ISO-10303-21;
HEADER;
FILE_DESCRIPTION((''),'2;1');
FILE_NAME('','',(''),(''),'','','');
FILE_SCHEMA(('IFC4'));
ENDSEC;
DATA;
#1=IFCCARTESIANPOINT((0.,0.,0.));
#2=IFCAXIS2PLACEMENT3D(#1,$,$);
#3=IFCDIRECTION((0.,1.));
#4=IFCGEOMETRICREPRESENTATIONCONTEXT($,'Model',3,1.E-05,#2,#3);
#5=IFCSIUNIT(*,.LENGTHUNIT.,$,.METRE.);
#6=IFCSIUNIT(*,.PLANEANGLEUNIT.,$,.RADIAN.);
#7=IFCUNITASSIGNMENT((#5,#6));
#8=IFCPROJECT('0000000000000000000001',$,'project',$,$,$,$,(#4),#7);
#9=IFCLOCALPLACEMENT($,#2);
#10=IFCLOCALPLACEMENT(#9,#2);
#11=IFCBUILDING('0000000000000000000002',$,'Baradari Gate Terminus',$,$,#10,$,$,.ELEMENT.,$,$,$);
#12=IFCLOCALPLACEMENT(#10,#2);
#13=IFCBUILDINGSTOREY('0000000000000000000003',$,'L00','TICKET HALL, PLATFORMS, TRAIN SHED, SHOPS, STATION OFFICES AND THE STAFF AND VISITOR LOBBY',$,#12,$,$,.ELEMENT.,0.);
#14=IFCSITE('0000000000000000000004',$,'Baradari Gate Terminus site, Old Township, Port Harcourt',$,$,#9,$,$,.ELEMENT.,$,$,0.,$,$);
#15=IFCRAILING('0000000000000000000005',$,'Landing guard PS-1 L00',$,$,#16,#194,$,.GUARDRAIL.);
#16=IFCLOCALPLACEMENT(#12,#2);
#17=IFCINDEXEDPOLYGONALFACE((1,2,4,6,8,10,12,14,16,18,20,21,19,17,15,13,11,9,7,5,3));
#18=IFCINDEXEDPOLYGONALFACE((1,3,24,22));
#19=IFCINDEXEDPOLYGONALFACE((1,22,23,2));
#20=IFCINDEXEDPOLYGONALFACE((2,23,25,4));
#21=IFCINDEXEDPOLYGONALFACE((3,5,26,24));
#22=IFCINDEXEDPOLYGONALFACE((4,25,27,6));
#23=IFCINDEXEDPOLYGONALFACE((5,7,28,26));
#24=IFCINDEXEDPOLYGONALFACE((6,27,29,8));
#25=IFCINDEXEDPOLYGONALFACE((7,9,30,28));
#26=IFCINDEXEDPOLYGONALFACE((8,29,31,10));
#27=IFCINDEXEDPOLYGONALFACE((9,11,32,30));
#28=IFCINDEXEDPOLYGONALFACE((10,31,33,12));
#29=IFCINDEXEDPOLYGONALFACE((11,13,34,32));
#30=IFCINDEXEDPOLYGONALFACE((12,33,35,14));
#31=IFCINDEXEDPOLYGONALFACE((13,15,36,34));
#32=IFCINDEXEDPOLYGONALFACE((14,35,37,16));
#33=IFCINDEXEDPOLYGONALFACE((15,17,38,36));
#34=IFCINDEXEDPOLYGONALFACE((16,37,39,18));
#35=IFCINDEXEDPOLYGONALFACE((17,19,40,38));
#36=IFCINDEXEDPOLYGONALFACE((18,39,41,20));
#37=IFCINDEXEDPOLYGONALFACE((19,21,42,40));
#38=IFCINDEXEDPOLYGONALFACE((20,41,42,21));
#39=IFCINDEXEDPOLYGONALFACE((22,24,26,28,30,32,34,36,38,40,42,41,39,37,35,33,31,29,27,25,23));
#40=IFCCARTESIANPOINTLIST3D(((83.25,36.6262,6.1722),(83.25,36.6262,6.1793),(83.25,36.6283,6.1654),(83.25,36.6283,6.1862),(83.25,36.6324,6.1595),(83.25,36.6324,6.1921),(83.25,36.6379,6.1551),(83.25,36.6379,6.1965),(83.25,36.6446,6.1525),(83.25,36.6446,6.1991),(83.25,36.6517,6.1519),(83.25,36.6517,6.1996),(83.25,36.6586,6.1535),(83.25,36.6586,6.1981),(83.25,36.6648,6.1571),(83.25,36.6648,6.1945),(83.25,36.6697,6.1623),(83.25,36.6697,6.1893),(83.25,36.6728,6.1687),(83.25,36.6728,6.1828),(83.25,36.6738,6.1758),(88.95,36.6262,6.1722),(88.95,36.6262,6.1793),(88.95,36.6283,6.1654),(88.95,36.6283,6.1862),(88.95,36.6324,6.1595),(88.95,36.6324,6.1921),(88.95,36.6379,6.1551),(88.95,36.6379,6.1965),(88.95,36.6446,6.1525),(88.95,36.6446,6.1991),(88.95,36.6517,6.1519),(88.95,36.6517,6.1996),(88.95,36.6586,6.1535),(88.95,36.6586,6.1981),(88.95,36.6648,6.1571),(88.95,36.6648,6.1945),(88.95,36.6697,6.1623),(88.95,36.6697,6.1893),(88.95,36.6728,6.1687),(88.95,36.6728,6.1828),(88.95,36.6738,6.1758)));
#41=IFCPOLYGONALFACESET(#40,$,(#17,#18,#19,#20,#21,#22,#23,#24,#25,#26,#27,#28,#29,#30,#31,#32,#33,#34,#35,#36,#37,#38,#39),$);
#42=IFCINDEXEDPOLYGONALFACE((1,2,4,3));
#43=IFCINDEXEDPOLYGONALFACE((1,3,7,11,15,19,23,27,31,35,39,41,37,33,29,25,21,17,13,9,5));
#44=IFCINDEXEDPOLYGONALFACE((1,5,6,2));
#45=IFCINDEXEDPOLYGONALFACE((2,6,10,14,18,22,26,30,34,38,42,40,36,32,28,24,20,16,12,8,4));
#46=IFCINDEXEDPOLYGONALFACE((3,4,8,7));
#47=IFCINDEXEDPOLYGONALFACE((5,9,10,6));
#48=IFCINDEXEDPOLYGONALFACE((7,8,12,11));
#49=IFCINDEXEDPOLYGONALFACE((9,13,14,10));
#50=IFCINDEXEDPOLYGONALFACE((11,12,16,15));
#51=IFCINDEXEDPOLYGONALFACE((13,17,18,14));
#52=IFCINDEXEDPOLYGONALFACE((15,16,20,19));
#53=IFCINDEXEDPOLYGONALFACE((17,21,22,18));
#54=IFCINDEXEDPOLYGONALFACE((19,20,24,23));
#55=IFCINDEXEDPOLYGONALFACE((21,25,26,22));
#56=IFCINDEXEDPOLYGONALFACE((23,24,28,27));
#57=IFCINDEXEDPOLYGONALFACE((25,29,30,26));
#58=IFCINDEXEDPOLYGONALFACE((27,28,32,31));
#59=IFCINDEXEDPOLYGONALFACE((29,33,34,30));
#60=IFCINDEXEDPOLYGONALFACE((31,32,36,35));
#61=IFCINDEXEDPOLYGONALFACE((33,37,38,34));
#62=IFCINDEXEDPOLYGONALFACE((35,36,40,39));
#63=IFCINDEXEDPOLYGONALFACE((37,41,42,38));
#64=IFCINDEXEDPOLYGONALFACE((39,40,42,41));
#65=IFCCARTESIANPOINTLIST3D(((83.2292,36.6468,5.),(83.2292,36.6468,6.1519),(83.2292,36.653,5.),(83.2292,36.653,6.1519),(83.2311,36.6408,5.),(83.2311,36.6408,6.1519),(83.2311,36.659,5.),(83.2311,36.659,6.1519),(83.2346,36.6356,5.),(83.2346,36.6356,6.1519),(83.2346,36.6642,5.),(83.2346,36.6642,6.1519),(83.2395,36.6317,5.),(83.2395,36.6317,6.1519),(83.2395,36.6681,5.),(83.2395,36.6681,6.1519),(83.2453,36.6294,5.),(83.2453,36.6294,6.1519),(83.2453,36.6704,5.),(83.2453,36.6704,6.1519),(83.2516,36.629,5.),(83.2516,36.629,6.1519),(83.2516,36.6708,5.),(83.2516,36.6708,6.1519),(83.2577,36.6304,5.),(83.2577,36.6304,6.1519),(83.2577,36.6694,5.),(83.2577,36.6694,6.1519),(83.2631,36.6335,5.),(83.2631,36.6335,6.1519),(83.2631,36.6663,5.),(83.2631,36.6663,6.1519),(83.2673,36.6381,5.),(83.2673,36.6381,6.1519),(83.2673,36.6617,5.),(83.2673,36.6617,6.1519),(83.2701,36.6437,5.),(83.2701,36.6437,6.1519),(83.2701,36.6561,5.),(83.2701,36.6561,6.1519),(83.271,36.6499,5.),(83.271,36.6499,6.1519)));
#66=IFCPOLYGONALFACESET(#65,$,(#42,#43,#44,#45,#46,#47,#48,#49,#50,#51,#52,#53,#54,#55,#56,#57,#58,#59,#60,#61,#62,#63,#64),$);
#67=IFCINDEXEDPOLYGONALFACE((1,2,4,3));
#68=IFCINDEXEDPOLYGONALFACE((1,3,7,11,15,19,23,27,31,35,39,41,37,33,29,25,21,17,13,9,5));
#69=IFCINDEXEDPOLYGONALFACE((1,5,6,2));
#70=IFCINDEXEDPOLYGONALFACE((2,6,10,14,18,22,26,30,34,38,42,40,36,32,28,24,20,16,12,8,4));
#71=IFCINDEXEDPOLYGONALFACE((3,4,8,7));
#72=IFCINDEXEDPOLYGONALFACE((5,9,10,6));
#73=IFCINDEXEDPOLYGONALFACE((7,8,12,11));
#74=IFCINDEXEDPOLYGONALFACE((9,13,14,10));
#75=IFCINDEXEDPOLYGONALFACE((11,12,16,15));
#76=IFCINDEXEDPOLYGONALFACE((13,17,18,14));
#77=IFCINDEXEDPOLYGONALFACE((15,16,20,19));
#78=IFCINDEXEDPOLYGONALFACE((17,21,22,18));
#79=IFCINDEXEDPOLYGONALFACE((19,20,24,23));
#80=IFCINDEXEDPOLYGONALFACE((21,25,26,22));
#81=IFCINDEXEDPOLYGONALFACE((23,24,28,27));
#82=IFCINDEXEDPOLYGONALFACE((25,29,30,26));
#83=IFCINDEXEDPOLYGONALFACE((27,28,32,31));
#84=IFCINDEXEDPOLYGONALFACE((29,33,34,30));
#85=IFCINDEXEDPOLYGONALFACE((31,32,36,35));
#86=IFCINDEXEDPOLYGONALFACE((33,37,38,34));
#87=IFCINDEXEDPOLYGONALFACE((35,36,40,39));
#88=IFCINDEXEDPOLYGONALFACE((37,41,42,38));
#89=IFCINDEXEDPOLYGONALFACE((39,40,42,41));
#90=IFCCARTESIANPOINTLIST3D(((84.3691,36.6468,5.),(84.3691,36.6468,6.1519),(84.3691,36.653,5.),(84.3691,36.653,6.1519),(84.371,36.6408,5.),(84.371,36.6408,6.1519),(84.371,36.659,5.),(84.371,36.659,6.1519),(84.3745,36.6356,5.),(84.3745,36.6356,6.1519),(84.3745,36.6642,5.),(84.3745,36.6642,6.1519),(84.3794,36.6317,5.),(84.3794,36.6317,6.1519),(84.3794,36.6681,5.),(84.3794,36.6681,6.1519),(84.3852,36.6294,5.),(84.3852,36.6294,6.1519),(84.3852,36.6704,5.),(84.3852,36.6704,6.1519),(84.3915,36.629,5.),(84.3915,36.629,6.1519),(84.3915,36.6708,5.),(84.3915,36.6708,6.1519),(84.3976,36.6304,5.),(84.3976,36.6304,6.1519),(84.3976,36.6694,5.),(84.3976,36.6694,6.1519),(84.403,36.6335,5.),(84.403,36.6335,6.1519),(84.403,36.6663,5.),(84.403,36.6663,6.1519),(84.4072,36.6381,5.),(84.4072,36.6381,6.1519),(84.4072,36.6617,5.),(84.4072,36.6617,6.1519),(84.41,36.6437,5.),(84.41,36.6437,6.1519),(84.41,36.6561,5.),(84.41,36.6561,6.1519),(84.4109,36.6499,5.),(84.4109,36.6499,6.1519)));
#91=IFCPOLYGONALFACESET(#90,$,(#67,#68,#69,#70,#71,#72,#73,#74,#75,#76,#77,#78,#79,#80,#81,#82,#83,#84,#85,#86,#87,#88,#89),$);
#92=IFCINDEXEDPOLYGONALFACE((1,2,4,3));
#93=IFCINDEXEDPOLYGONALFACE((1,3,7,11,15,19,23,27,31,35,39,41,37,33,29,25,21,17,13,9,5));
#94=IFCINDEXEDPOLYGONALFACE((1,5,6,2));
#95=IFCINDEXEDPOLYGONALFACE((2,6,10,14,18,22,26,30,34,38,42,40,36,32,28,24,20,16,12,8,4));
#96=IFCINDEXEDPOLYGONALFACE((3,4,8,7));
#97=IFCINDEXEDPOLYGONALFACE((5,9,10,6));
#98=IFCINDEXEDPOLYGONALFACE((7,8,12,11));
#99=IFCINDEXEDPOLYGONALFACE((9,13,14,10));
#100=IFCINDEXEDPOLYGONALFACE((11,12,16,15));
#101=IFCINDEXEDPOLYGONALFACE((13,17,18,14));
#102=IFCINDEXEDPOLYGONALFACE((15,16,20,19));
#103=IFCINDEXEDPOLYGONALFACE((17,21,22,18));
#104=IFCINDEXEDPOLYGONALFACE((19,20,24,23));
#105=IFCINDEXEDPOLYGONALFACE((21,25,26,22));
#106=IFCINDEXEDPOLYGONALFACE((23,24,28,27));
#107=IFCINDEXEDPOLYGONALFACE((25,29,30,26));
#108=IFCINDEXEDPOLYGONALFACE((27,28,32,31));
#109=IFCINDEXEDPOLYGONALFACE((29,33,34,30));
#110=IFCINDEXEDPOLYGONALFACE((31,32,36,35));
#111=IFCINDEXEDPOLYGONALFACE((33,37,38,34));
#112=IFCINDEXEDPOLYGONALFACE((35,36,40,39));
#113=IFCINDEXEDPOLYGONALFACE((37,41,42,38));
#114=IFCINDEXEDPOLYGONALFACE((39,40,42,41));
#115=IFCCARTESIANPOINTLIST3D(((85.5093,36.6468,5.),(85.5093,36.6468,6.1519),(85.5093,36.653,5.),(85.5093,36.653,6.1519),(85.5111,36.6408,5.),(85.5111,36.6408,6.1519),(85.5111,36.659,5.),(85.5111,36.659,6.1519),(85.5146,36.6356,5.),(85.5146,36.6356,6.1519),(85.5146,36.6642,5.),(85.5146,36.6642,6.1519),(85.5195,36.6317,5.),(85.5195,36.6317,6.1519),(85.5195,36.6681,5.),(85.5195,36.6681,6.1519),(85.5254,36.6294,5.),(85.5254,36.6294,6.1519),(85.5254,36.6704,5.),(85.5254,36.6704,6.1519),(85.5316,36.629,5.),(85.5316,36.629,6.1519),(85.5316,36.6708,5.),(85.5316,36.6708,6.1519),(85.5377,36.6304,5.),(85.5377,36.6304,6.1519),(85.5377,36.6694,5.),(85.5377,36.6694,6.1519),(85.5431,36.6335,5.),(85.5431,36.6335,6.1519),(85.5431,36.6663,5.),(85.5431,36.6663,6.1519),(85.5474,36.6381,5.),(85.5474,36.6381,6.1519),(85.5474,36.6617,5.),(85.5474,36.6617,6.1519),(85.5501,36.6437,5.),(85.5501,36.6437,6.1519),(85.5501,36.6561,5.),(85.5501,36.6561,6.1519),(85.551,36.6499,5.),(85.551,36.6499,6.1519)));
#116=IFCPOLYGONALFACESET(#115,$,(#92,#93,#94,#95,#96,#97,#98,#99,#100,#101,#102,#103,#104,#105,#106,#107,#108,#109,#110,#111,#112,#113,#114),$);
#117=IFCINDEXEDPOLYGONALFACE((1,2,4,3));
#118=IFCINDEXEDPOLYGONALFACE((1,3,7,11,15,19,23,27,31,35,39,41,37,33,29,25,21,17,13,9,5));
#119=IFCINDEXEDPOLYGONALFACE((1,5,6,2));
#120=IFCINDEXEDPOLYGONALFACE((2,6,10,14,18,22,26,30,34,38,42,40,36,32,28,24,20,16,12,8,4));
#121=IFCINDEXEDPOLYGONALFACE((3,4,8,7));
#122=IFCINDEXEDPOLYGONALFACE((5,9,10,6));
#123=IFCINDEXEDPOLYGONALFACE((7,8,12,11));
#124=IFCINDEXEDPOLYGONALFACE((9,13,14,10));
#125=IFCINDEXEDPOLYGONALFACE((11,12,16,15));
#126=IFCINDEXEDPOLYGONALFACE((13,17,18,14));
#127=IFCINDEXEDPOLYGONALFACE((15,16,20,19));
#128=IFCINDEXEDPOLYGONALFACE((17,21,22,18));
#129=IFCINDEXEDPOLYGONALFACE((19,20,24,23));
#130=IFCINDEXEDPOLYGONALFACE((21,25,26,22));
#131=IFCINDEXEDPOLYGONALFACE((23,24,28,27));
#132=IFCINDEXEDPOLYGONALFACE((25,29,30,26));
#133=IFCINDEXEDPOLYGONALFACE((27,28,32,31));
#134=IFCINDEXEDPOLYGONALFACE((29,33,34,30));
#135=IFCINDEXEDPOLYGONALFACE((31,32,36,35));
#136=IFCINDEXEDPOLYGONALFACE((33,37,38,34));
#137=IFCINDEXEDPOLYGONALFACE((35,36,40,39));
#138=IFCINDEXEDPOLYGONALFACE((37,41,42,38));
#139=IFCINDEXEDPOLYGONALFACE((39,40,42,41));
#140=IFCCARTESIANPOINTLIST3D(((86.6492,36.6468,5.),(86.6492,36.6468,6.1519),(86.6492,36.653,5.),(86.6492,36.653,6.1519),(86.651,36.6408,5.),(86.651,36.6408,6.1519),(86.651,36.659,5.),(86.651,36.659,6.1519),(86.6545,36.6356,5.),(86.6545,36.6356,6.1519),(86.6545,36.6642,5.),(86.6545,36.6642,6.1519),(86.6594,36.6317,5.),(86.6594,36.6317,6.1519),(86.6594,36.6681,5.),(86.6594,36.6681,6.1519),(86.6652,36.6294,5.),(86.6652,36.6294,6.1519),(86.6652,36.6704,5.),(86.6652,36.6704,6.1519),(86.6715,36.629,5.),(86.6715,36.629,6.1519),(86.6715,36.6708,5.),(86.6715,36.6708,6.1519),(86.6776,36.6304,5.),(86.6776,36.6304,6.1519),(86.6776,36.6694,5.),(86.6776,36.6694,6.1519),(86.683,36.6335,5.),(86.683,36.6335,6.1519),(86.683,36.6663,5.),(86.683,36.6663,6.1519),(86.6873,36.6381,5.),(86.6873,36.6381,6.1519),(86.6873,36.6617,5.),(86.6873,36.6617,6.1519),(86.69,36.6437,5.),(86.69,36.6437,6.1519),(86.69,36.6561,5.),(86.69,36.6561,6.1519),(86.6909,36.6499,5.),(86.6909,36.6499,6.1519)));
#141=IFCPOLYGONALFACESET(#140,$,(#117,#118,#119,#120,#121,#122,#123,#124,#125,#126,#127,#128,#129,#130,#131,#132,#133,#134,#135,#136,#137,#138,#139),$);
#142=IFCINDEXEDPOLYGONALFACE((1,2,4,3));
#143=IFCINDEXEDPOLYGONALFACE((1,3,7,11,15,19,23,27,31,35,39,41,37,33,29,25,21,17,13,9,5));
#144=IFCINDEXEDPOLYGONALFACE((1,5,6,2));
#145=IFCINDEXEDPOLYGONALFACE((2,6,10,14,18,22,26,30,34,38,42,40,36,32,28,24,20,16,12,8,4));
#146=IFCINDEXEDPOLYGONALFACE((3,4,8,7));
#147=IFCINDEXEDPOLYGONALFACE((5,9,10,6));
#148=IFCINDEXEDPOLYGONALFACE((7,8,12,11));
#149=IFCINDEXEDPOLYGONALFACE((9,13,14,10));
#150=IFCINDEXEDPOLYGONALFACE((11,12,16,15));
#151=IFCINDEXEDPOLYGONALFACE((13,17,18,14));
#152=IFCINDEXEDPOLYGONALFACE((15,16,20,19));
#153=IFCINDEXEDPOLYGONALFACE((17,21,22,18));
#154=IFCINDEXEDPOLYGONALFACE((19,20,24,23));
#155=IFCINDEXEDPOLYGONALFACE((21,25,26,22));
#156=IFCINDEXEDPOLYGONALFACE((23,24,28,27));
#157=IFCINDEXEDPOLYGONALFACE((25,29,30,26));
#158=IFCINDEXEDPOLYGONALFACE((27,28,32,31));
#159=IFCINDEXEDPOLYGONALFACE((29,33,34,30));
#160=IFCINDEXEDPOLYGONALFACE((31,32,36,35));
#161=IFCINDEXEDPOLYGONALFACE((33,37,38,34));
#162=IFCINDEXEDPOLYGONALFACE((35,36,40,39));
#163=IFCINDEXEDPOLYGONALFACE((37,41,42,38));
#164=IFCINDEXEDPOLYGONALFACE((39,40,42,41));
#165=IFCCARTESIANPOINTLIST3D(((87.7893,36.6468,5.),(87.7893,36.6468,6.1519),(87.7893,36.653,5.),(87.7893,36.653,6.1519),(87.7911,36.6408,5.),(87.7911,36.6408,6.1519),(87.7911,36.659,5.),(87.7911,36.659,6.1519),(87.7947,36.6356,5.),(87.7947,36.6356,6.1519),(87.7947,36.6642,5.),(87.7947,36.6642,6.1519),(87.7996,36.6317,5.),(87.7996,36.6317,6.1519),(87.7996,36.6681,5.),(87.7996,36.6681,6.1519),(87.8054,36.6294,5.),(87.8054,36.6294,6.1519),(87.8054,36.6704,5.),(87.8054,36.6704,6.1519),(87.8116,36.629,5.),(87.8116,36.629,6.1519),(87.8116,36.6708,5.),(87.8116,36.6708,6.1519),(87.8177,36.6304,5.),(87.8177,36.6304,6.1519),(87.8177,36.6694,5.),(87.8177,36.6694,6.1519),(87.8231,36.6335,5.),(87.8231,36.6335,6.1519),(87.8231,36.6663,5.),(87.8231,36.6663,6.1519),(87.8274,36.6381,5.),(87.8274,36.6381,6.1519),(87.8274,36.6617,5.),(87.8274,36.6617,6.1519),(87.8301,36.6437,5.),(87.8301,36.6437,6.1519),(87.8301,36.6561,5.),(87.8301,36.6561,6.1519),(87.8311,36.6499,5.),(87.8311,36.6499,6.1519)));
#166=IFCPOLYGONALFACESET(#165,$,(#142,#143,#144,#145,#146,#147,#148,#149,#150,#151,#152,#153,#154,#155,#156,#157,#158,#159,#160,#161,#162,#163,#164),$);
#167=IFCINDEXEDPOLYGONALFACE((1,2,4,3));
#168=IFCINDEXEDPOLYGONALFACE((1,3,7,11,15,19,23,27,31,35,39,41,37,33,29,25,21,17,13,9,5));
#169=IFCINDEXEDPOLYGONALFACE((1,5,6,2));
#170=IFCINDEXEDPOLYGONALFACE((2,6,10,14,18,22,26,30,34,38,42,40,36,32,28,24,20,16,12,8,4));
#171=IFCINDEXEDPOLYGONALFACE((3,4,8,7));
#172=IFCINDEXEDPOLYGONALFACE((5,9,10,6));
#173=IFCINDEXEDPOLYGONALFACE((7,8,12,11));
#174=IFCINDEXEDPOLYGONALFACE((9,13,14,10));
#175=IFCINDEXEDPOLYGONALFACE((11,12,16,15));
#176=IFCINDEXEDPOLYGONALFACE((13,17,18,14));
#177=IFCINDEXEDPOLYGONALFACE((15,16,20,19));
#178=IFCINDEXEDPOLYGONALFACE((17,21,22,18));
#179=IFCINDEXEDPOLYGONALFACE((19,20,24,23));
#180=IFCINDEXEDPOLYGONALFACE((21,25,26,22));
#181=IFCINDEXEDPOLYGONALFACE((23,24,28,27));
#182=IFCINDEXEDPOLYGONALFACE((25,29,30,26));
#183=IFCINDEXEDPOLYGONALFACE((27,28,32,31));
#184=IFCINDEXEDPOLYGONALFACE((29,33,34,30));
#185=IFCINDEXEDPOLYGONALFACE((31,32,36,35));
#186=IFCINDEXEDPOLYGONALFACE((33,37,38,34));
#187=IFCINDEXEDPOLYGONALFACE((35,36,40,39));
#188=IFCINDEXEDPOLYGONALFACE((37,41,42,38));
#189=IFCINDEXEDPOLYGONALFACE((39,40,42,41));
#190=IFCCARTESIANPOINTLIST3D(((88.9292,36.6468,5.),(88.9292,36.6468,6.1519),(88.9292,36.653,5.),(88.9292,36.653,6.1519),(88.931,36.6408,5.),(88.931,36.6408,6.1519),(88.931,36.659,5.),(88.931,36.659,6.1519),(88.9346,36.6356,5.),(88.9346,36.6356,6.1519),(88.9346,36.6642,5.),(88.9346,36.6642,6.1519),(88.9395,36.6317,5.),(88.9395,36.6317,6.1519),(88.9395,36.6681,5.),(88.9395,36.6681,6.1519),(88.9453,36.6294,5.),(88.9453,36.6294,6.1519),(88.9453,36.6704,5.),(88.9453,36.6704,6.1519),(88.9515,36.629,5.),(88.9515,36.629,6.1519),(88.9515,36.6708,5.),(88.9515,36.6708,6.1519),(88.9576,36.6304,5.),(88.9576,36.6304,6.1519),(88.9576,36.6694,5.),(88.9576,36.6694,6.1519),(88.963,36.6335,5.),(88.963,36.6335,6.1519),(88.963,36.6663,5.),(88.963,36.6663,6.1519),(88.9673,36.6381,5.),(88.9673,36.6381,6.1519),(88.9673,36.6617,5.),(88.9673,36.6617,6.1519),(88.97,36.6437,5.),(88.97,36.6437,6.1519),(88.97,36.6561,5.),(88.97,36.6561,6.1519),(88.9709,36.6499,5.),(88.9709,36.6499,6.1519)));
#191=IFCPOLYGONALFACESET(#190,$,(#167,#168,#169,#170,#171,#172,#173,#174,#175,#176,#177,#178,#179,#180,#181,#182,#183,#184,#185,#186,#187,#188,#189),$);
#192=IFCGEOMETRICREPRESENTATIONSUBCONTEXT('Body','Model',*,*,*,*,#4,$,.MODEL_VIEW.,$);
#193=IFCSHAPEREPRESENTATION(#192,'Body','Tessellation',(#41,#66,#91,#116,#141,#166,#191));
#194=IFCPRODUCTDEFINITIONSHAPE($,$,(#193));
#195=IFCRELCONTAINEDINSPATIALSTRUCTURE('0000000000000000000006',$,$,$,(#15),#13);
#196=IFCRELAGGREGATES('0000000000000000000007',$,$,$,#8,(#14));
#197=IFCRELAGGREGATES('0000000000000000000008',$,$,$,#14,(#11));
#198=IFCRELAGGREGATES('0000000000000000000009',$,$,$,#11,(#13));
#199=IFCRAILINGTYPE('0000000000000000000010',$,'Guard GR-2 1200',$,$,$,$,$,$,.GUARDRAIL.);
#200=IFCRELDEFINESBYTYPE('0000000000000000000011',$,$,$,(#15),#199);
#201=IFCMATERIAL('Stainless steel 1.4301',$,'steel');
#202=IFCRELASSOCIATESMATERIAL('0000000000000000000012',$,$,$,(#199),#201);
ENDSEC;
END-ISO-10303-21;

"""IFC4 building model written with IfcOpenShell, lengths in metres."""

from ifc_helpers import new_model, si_unit, direction, frame, origin, origin_2d, place, context, subcontext, project, spatial, circle, extrude, material, type_object, element, save


model = new_model("IFC4")

# Units and contexts
model_context = context("Model", 3, precision=1e-05, world=origin(), true_north=direction((0.0, 1.0)))
body_context = subcontext(model_context, "Body", "Model", "MODEL_VIEW")
ifc_project = project(units=[si_unit("LENGTHUNIT", "METRE"), si_unit("PLANEANGLEUNIT", "RADIAN")], contexts=[model_context])

# Site, building, storey
site_placement = place(None, origin())
site = spatial("IfcSite", under=ifc_project, at=site_placement, Name="Baradari Gate Terminus site, Old Township, Port Harcourt", CompositionType="ELEMENT", RefElevation=0.0)
building_placement = place(site_placement, origin())
building = spatial("IfcBuilding", under=site, at=building_placement, Name="Baradari Gate Terminus", CompositionType="ELEMENT")
storey_placement = place(building_placement, origin())
storey = spatial("IfcBuildingStorey", under=building, at=storey_placement, Name="L00", Description="TICKET HALL, PLATFORMS, TRAIN SHED, SHOPS, STATION OFFICES AND THE STAFF AND VISITOR LOBBY", CompositionType="ELEMENT", Elevation=0.0)

# Railing
ifc_material_1 = material(Name="Stainless steel 1.4301", Category="steel")
railing_type_1 = type_object("IfcRailingType", Name="Guard GR-2 1200", PredefinedType="GUARDRAIL", material=ifc_material_1)
railing_1_placement = place(storey_placement, frame((83.25, 36.6499, 5.0)))
element("IfcRailing", 1, at=railing_1_placement, inside=storey, type_object=railing_type_1, Name="Landing guard PS-1 L00", PredefinedType="GUARDRAIL", context=body_context, shape_type="SweptSolid", body=[
    extrude(circle(Radius=0.0239, at=origin_2d()), frame((0.0, 0.0, 1.1758), z_axis=(1.0, 0.0, 0.0), x_axis=(0.0, 1.0, 0.0)), (0.0, 0.0, 1.0), 5.7),
    extrude(circle(Radius=0.021, at=origin_2d()), origin(), (0.0, 0.0, 1.0), 1.1519),
    extrude(circle(Radius=0.021, at=origin_2d()), frame((1.1399, 0.0, 0.0)), (0.0, 0.0, 1.0), 1.1519),
    extrude(circle(Radius=0.021, at=origin_2d()), frame((2.28, 0.0, 0.0)), (0.0, 0.0, 1.0), 1.1519),
    extrude(circle(Radius=0.021, at=origin_2d()), frame((3.4199, 0.0, 0.0)), (0.0, 0.0, 1.0), 1.1519),
    extrude(circle(Radius=0.021, at=origin_2d()), frame((4.5601, 0.0, 0.0)), (0.0, 0.0, 1.0), 1.1519),
    extrude(circle(Radius=0.021, at=origin_2d()), frame((5.7, 0.0, 0.0)), (0.0, 0.0, 1.0), 1.1519),
])

save(model, "model.ifc")
